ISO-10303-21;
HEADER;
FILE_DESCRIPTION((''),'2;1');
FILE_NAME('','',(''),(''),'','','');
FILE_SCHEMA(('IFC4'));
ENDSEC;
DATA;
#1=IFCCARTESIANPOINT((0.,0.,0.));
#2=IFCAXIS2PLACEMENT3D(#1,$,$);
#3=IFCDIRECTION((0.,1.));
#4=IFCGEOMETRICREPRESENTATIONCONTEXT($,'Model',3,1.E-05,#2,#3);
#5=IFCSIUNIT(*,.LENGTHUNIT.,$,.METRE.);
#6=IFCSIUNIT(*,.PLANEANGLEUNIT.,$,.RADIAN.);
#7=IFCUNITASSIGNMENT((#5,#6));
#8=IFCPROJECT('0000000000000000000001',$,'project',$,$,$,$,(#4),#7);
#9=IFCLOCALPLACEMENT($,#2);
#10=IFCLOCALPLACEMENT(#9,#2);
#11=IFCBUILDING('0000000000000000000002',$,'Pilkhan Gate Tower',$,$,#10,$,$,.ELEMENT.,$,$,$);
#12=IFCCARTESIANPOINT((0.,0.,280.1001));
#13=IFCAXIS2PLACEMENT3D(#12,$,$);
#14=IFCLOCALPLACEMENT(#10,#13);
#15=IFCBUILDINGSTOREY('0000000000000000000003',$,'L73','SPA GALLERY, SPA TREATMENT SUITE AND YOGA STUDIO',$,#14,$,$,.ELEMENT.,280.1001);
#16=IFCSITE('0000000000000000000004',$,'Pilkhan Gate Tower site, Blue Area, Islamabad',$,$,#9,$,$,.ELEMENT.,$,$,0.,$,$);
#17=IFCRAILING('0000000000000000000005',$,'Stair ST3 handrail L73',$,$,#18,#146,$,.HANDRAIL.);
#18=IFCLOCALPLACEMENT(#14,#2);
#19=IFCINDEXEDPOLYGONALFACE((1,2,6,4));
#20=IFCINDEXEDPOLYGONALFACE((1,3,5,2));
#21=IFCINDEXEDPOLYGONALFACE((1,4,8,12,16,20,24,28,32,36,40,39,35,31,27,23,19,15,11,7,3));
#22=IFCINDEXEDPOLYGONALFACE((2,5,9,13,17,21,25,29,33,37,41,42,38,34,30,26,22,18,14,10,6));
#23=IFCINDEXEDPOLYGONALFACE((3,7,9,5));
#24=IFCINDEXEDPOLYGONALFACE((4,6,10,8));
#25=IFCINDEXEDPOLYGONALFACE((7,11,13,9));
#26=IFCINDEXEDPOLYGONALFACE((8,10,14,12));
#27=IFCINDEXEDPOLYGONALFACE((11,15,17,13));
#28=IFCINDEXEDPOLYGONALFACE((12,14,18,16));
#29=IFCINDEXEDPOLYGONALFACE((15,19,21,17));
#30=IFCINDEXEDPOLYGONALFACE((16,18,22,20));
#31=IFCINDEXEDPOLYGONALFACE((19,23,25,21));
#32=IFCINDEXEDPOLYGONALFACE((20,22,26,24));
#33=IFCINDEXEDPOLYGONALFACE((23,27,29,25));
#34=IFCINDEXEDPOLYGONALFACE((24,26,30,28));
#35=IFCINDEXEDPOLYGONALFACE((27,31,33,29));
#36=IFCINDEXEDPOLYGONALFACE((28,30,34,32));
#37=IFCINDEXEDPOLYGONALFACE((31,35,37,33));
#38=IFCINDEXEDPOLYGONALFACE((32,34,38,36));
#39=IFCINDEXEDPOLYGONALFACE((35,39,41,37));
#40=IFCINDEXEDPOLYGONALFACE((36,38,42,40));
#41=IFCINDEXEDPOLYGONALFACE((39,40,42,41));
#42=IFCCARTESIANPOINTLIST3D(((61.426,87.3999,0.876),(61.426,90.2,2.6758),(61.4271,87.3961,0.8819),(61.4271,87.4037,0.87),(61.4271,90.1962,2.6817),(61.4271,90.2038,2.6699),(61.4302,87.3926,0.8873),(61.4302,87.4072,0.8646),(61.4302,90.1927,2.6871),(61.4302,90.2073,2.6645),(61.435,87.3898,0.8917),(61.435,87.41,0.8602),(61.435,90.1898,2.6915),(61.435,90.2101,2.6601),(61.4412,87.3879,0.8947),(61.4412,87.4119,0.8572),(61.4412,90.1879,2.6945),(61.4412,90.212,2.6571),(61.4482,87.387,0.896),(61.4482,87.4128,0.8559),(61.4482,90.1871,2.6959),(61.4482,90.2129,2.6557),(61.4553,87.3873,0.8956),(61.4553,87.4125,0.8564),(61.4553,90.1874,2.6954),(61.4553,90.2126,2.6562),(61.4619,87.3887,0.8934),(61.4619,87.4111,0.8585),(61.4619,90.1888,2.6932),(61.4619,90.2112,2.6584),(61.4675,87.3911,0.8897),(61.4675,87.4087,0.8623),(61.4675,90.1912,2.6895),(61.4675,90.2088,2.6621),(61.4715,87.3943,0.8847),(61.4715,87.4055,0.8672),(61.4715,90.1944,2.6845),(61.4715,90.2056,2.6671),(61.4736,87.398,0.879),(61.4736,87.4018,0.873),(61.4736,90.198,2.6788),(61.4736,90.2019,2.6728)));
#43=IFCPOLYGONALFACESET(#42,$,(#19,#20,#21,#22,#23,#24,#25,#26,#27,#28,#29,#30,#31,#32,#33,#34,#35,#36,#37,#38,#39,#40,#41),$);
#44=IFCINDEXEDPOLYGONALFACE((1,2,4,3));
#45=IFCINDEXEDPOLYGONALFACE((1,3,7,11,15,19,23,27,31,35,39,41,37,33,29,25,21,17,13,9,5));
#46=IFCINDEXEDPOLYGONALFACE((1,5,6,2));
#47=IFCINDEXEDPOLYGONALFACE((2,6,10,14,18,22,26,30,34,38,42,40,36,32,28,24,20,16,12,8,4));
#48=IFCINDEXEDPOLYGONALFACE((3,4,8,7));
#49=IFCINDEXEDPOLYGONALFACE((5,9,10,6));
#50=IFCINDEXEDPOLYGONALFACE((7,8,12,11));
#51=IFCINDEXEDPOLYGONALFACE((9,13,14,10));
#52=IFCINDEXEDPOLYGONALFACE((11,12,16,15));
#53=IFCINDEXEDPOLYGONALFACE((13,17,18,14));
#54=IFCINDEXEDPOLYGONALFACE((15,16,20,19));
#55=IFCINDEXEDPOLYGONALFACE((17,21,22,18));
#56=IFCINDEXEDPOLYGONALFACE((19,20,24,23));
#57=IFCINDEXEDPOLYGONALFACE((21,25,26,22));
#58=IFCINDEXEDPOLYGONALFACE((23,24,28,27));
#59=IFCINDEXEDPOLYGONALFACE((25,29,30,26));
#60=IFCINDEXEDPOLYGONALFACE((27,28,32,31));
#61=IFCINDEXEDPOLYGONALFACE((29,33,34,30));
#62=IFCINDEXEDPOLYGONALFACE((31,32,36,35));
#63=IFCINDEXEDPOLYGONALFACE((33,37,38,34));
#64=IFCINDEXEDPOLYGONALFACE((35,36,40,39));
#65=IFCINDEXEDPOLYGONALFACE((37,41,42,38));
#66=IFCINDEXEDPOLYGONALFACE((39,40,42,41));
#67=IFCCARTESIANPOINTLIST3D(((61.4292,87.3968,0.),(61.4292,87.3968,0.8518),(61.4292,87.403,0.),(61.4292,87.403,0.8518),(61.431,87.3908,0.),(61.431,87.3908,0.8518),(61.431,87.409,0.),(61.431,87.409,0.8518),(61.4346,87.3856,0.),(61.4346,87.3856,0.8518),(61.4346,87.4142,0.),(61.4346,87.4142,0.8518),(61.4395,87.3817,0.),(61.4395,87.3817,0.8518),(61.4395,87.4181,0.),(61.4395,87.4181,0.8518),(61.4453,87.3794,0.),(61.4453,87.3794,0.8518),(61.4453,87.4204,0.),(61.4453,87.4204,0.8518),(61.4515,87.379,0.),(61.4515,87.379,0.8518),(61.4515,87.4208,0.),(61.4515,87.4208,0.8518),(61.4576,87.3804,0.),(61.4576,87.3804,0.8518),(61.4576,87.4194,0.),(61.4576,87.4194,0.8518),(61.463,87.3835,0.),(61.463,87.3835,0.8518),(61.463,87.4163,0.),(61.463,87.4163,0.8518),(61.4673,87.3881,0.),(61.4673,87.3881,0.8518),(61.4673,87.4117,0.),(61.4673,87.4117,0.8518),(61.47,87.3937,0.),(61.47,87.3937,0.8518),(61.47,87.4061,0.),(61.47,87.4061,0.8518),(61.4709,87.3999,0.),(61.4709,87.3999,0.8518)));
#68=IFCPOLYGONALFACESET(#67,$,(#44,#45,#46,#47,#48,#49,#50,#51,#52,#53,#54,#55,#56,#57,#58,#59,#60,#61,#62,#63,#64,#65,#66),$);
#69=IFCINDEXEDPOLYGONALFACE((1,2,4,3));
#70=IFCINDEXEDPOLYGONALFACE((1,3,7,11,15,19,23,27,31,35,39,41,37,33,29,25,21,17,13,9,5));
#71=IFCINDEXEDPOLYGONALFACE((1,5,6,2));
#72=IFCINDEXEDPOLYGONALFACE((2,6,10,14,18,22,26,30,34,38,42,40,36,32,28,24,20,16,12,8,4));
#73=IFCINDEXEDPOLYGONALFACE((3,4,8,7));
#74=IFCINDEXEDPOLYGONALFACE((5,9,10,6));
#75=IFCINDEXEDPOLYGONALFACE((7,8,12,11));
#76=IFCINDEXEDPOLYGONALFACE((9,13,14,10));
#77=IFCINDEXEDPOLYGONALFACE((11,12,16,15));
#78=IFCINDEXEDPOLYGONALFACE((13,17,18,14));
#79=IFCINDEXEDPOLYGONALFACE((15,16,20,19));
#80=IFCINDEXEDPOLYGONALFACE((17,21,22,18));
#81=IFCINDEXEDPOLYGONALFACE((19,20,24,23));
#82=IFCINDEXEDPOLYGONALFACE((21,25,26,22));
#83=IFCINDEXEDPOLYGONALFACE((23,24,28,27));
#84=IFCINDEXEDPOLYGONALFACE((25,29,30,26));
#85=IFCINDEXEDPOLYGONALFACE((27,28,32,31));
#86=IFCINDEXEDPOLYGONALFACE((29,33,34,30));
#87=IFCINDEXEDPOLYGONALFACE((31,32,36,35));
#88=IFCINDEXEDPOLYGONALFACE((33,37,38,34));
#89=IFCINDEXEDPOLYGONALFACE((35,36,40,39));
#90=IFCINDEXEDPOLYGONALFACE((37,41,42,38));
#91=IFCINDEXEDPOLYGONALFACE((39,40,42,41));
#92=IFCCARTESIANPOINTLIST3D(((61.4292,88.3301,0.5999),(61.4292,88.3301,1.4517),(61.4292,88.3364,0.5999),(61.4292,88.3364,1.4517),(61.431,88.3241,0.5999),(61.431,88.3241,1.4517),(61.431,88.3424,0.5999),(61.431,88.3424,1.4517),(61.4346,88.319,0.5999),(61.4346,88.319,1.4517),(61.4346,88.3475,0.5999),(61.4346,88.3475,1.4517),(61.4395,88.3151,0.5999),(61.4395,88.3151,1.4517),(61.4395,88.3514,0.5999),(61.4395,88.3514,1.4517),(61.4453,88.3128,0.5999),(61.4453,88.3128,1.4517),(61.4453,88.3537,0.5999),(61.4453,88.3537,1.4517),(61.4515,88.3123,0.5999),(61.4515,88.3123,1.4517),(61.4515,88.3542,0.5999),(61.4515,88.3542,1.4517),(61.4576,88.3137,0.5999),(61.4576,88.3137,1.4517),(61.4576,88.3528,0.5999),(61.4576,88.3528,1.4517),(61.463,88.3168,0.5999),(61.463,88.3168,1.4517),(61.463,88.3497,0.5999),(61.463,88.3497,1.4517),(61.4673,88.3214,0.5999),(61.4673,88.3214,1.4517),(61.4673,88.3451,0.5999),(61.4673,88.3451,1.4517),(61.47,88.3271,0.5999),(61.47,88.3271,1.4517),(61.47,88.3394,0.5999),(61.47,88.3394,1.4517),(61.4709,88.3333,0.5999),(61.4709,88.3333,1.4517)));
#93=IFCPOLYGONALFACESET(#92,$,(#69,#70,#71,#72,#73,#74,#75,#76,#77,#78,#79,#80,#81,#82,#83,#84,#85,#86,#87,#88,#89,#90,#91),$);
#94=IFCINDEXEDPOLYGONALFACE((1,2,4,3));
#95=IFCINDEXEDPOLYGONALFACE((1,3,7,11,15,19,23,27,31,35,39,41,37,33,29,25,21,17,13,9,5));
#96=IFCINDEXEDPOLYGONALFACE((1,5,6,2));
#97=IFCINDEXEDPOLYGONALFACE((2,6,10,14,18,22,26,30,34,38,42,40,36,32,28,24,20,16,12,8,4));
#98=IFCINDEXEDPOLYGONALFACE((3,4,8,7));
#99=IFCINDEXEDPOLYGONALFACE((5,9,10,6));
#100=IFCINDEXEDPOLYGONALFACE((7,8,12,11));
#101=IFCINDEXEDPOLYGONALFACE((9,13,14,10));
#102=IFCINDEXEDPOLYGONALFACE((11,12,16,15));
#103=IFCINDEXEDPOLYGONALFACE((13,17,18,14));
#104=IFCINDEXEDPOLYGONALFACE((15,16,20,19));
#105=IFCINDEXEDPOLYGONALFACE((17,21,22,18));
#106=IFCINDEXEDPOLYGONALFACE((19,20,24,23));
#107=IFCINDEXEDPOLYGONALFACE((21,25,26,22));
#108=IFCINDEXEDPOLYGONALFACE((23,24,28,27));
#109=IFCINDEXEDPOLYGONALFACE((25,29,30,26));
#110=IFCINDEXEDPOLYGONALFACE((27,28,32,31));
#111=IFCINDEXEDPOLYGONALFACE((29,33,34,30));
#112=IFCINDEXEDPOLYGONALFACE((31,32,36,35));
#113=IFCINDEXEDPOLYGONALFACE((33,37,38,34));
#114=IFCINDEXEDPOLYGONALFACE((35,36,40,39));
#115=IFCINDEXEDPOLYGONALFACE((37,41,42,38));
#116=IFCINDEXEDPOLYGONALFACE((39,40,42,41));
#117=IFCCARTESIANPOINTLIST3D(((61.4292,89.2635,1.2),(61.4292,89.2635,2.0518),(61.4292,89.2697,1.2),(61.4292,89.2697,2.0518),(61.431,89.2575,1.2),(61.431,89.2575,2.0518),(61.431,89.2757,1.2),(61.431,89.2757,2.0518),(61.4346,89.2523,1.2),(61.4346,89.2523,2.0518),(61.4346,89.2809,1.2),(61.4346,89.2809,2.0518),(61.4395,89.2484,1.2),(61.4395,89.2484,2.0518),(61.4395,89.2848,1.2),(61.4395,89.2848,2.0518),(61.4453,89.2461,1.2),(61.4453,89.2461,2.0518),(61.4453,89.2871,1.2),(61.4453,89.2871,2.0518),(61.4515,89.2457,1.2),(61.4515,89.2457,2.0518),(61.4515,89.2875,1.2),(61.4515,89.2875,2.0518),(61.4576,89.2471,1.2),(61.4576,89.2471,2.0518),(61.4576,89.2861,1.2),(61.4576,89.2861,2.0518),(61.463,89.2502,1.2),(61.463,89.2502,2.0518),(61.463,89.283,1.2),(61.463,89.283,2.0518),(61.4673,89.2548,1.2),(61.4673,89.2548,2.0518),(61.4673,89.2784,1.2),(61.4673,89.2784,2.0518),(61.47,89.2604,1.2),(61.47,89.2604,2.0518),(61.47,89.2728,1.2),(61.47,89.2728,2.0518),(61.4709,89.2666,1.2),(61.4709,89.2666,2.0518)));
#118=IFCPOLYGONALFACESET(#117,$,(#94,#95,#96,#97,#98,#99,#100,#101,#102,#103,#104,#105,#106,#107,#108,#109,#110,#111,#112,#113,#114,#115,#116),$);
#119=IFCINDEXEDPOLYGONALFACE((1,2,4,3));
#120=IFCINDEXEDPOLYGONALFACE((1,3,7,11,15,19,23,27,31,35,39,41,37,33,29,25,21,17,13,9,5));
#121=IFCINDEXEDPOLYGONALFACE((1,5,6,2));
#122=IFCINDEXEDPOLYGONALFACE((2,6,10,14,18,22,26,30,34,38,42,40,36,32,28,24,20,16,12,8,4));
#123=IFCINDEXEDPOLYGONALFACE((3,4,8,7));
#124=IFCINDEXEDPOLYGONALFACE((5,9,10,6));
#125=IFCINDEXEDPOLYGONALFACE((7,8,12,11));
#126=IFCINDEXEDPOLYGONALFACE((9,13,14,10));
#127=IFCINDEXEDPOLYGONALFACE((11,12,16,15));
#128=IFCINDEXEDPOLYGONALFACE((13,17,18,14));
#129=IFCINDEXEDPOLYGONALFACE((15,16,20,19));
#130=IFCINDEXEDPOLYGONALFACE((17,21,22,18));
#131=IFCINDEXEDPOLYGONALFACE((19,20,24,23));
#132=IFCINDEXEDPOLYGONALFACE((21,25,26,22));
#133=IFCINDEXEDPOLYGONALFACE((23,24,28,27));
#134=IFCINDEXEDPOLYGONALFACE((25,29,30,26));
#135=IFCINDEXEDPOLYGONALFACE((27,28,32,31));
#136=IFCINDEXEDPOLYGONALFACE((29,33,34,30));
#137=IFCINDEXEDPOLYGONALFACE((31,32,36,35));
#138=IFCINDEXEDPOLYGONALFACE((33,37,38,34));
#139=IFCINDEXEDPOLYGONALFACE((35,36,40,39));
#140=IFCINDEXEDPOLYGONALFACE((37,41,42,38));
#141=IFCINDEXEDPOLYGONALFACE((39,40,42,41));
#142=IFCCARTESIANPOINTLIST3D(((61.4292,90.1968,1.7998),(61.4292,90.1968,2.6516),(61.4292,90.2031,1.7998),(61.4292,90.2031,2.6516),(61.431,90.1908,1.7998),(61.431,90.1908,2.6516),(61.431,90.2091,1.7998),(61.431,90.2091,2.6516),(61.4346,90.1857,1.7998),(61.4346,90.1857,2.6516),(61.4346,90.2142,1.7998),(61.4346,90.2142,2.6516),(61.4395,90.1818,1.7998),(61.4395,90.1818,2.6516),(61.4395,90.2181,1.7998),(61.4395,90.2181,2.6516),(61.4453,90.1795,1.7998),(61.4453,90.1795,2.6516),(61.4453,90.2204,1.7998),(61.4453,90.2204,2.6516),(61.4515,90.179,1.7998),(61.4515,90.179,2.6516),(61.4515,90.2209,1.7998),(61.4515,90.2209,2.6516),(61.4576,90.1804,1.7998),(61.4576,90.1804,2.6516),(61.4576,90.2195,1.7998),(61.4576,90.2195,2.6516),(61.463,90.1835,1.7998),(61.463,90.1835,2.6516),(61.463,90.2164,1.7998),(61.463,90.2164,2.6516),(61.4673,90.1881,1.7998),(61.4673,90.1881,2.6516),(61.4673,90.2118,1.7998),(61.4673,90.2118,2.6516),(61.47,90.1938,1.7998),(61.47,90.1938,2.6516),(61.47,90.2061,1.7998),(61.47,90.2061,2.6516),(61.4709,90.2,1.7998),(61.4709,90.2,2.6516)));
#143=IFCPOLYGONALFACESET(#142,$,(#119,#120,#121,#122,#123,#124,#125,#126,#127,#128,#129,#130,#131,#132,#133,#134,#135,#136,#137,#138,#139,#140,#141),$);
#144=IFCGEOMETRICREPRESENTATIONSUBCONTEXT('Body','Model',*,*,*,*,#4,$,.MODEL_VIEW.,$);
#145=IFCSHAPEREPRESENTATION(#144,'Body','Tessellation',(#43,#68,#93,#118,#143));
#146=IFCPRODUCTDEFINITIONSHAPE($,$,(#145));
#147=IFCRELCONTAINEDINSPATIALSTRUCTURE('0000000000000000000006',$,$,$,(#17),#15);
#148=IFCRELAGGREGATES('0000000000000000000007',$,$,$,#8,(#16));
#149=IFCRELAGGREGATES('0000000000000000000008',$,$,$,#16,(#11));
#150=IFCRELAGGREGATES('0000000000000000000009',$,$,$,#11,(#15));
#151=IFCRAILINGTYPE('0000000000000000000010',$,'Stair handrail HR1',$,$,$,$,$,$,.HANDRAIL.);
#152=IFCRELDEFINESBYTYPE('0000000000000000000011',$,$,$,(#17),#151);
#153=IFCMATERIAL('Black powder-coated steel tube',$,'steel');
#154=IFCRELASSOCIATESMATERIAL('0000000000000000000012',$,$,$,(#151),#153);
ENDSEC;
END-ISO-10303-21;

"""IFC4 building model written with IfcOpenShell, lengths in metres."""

from ifc_helpers import new_model, si_unit, direction, frame, origin, origin_2d, place, context, subcontext, project, spatial, circle, extrude, material, type_object, element, save


model = new_model("IFC4")

# Units and contexts
model_context = context("Model", 3, precision=1e-05, world=origin(), true_north=direction((0.0, 1.0)))
body_context = subcontext(model_context, "Body", "Model", "MODEL_VIEW")
ifc_project = project(units=[si_unit("LENGTHUNIT", "METRE"), si_unit("PLANEANGLEUNIT", "RADIAN")], contexts=[model_context])

# Site, building, storey
site_placement = place(None, origin())
site = spatial("IfcSite", under=ifc_project, at=site_placement, Name="Pilkhan Gate Tower site, Blue Area, Islamabad", CompositionType="ELEMENT", RefElevation=0.0)
building_placement = place(site_placement, origin())
building = spatial("IfcBuilding", under=site, at=building_placement, Name="Pilkhan Gate Tower", CompositionType="ELEMENT")
storey_placement = place(building_placement, frame((0.0, 0.0, 280.1001)))
storey = spatial("IfcBuildingStorey", under=building, at=storey_placement, Name="L73", Description="SPA GALLERY, SPA TREATMENT SUITE AND YOGA STUDIO", CompositionType="ELEMENT", Elevation=280.1001)

# Railing
ifc_material_1 = material(Name="Black powder-coated steel tube", Category="steel")
railing_type_1 = type_object("IfcRailingType", Name="Stair handrail HR1", PredefinedType="HANDRAIL", material=ifc_material_1)
railing_1_placement = place(storey_placement, frame((61.45, 87.3999, 0.0)))
element("IfcRailing", 1, at=railing_1_placement, inside=storey, type_object=railing_type_1, Name="Stair ST3 handrail L73", PredefinedType="HANDRAIL", context=body_context, shape_type="SweptSolid", body=[
    extrude(circle(Radius=0.0239, at=origin_2d()), frame((0.0, 0.0, 0.876), z_axis=(0.0, 0.841209, 0.540709), x_axis=(-1.0, 0.0, 0.0)), (0.0, 0.0, 1.0), 3.3286),
    extrude(circle(Radius=0.021, at=origin_2d()), origin(), (0.0, 0.0, 1.0), 0.8518),
    extrude(circle(Radius=0.021, at=origin_2d()), frame((0.0, 0.9333, 0.5999)), (0.0, 0.0, 1.0), 0.8518),
    extrude(circle(Radius=0.021, at=origin_2d()), frame((0.0, 1.8667, 1.2)), (0.0, 0.0, 1.0), 0.8518),
    extrude(circle(Radius=0.021, at=origin_2d()), frame((0.0, 2.8, 1.7998)), (0.0, 0.0, 1.0), 0.8518),
])

save(model, "model.ifc")
